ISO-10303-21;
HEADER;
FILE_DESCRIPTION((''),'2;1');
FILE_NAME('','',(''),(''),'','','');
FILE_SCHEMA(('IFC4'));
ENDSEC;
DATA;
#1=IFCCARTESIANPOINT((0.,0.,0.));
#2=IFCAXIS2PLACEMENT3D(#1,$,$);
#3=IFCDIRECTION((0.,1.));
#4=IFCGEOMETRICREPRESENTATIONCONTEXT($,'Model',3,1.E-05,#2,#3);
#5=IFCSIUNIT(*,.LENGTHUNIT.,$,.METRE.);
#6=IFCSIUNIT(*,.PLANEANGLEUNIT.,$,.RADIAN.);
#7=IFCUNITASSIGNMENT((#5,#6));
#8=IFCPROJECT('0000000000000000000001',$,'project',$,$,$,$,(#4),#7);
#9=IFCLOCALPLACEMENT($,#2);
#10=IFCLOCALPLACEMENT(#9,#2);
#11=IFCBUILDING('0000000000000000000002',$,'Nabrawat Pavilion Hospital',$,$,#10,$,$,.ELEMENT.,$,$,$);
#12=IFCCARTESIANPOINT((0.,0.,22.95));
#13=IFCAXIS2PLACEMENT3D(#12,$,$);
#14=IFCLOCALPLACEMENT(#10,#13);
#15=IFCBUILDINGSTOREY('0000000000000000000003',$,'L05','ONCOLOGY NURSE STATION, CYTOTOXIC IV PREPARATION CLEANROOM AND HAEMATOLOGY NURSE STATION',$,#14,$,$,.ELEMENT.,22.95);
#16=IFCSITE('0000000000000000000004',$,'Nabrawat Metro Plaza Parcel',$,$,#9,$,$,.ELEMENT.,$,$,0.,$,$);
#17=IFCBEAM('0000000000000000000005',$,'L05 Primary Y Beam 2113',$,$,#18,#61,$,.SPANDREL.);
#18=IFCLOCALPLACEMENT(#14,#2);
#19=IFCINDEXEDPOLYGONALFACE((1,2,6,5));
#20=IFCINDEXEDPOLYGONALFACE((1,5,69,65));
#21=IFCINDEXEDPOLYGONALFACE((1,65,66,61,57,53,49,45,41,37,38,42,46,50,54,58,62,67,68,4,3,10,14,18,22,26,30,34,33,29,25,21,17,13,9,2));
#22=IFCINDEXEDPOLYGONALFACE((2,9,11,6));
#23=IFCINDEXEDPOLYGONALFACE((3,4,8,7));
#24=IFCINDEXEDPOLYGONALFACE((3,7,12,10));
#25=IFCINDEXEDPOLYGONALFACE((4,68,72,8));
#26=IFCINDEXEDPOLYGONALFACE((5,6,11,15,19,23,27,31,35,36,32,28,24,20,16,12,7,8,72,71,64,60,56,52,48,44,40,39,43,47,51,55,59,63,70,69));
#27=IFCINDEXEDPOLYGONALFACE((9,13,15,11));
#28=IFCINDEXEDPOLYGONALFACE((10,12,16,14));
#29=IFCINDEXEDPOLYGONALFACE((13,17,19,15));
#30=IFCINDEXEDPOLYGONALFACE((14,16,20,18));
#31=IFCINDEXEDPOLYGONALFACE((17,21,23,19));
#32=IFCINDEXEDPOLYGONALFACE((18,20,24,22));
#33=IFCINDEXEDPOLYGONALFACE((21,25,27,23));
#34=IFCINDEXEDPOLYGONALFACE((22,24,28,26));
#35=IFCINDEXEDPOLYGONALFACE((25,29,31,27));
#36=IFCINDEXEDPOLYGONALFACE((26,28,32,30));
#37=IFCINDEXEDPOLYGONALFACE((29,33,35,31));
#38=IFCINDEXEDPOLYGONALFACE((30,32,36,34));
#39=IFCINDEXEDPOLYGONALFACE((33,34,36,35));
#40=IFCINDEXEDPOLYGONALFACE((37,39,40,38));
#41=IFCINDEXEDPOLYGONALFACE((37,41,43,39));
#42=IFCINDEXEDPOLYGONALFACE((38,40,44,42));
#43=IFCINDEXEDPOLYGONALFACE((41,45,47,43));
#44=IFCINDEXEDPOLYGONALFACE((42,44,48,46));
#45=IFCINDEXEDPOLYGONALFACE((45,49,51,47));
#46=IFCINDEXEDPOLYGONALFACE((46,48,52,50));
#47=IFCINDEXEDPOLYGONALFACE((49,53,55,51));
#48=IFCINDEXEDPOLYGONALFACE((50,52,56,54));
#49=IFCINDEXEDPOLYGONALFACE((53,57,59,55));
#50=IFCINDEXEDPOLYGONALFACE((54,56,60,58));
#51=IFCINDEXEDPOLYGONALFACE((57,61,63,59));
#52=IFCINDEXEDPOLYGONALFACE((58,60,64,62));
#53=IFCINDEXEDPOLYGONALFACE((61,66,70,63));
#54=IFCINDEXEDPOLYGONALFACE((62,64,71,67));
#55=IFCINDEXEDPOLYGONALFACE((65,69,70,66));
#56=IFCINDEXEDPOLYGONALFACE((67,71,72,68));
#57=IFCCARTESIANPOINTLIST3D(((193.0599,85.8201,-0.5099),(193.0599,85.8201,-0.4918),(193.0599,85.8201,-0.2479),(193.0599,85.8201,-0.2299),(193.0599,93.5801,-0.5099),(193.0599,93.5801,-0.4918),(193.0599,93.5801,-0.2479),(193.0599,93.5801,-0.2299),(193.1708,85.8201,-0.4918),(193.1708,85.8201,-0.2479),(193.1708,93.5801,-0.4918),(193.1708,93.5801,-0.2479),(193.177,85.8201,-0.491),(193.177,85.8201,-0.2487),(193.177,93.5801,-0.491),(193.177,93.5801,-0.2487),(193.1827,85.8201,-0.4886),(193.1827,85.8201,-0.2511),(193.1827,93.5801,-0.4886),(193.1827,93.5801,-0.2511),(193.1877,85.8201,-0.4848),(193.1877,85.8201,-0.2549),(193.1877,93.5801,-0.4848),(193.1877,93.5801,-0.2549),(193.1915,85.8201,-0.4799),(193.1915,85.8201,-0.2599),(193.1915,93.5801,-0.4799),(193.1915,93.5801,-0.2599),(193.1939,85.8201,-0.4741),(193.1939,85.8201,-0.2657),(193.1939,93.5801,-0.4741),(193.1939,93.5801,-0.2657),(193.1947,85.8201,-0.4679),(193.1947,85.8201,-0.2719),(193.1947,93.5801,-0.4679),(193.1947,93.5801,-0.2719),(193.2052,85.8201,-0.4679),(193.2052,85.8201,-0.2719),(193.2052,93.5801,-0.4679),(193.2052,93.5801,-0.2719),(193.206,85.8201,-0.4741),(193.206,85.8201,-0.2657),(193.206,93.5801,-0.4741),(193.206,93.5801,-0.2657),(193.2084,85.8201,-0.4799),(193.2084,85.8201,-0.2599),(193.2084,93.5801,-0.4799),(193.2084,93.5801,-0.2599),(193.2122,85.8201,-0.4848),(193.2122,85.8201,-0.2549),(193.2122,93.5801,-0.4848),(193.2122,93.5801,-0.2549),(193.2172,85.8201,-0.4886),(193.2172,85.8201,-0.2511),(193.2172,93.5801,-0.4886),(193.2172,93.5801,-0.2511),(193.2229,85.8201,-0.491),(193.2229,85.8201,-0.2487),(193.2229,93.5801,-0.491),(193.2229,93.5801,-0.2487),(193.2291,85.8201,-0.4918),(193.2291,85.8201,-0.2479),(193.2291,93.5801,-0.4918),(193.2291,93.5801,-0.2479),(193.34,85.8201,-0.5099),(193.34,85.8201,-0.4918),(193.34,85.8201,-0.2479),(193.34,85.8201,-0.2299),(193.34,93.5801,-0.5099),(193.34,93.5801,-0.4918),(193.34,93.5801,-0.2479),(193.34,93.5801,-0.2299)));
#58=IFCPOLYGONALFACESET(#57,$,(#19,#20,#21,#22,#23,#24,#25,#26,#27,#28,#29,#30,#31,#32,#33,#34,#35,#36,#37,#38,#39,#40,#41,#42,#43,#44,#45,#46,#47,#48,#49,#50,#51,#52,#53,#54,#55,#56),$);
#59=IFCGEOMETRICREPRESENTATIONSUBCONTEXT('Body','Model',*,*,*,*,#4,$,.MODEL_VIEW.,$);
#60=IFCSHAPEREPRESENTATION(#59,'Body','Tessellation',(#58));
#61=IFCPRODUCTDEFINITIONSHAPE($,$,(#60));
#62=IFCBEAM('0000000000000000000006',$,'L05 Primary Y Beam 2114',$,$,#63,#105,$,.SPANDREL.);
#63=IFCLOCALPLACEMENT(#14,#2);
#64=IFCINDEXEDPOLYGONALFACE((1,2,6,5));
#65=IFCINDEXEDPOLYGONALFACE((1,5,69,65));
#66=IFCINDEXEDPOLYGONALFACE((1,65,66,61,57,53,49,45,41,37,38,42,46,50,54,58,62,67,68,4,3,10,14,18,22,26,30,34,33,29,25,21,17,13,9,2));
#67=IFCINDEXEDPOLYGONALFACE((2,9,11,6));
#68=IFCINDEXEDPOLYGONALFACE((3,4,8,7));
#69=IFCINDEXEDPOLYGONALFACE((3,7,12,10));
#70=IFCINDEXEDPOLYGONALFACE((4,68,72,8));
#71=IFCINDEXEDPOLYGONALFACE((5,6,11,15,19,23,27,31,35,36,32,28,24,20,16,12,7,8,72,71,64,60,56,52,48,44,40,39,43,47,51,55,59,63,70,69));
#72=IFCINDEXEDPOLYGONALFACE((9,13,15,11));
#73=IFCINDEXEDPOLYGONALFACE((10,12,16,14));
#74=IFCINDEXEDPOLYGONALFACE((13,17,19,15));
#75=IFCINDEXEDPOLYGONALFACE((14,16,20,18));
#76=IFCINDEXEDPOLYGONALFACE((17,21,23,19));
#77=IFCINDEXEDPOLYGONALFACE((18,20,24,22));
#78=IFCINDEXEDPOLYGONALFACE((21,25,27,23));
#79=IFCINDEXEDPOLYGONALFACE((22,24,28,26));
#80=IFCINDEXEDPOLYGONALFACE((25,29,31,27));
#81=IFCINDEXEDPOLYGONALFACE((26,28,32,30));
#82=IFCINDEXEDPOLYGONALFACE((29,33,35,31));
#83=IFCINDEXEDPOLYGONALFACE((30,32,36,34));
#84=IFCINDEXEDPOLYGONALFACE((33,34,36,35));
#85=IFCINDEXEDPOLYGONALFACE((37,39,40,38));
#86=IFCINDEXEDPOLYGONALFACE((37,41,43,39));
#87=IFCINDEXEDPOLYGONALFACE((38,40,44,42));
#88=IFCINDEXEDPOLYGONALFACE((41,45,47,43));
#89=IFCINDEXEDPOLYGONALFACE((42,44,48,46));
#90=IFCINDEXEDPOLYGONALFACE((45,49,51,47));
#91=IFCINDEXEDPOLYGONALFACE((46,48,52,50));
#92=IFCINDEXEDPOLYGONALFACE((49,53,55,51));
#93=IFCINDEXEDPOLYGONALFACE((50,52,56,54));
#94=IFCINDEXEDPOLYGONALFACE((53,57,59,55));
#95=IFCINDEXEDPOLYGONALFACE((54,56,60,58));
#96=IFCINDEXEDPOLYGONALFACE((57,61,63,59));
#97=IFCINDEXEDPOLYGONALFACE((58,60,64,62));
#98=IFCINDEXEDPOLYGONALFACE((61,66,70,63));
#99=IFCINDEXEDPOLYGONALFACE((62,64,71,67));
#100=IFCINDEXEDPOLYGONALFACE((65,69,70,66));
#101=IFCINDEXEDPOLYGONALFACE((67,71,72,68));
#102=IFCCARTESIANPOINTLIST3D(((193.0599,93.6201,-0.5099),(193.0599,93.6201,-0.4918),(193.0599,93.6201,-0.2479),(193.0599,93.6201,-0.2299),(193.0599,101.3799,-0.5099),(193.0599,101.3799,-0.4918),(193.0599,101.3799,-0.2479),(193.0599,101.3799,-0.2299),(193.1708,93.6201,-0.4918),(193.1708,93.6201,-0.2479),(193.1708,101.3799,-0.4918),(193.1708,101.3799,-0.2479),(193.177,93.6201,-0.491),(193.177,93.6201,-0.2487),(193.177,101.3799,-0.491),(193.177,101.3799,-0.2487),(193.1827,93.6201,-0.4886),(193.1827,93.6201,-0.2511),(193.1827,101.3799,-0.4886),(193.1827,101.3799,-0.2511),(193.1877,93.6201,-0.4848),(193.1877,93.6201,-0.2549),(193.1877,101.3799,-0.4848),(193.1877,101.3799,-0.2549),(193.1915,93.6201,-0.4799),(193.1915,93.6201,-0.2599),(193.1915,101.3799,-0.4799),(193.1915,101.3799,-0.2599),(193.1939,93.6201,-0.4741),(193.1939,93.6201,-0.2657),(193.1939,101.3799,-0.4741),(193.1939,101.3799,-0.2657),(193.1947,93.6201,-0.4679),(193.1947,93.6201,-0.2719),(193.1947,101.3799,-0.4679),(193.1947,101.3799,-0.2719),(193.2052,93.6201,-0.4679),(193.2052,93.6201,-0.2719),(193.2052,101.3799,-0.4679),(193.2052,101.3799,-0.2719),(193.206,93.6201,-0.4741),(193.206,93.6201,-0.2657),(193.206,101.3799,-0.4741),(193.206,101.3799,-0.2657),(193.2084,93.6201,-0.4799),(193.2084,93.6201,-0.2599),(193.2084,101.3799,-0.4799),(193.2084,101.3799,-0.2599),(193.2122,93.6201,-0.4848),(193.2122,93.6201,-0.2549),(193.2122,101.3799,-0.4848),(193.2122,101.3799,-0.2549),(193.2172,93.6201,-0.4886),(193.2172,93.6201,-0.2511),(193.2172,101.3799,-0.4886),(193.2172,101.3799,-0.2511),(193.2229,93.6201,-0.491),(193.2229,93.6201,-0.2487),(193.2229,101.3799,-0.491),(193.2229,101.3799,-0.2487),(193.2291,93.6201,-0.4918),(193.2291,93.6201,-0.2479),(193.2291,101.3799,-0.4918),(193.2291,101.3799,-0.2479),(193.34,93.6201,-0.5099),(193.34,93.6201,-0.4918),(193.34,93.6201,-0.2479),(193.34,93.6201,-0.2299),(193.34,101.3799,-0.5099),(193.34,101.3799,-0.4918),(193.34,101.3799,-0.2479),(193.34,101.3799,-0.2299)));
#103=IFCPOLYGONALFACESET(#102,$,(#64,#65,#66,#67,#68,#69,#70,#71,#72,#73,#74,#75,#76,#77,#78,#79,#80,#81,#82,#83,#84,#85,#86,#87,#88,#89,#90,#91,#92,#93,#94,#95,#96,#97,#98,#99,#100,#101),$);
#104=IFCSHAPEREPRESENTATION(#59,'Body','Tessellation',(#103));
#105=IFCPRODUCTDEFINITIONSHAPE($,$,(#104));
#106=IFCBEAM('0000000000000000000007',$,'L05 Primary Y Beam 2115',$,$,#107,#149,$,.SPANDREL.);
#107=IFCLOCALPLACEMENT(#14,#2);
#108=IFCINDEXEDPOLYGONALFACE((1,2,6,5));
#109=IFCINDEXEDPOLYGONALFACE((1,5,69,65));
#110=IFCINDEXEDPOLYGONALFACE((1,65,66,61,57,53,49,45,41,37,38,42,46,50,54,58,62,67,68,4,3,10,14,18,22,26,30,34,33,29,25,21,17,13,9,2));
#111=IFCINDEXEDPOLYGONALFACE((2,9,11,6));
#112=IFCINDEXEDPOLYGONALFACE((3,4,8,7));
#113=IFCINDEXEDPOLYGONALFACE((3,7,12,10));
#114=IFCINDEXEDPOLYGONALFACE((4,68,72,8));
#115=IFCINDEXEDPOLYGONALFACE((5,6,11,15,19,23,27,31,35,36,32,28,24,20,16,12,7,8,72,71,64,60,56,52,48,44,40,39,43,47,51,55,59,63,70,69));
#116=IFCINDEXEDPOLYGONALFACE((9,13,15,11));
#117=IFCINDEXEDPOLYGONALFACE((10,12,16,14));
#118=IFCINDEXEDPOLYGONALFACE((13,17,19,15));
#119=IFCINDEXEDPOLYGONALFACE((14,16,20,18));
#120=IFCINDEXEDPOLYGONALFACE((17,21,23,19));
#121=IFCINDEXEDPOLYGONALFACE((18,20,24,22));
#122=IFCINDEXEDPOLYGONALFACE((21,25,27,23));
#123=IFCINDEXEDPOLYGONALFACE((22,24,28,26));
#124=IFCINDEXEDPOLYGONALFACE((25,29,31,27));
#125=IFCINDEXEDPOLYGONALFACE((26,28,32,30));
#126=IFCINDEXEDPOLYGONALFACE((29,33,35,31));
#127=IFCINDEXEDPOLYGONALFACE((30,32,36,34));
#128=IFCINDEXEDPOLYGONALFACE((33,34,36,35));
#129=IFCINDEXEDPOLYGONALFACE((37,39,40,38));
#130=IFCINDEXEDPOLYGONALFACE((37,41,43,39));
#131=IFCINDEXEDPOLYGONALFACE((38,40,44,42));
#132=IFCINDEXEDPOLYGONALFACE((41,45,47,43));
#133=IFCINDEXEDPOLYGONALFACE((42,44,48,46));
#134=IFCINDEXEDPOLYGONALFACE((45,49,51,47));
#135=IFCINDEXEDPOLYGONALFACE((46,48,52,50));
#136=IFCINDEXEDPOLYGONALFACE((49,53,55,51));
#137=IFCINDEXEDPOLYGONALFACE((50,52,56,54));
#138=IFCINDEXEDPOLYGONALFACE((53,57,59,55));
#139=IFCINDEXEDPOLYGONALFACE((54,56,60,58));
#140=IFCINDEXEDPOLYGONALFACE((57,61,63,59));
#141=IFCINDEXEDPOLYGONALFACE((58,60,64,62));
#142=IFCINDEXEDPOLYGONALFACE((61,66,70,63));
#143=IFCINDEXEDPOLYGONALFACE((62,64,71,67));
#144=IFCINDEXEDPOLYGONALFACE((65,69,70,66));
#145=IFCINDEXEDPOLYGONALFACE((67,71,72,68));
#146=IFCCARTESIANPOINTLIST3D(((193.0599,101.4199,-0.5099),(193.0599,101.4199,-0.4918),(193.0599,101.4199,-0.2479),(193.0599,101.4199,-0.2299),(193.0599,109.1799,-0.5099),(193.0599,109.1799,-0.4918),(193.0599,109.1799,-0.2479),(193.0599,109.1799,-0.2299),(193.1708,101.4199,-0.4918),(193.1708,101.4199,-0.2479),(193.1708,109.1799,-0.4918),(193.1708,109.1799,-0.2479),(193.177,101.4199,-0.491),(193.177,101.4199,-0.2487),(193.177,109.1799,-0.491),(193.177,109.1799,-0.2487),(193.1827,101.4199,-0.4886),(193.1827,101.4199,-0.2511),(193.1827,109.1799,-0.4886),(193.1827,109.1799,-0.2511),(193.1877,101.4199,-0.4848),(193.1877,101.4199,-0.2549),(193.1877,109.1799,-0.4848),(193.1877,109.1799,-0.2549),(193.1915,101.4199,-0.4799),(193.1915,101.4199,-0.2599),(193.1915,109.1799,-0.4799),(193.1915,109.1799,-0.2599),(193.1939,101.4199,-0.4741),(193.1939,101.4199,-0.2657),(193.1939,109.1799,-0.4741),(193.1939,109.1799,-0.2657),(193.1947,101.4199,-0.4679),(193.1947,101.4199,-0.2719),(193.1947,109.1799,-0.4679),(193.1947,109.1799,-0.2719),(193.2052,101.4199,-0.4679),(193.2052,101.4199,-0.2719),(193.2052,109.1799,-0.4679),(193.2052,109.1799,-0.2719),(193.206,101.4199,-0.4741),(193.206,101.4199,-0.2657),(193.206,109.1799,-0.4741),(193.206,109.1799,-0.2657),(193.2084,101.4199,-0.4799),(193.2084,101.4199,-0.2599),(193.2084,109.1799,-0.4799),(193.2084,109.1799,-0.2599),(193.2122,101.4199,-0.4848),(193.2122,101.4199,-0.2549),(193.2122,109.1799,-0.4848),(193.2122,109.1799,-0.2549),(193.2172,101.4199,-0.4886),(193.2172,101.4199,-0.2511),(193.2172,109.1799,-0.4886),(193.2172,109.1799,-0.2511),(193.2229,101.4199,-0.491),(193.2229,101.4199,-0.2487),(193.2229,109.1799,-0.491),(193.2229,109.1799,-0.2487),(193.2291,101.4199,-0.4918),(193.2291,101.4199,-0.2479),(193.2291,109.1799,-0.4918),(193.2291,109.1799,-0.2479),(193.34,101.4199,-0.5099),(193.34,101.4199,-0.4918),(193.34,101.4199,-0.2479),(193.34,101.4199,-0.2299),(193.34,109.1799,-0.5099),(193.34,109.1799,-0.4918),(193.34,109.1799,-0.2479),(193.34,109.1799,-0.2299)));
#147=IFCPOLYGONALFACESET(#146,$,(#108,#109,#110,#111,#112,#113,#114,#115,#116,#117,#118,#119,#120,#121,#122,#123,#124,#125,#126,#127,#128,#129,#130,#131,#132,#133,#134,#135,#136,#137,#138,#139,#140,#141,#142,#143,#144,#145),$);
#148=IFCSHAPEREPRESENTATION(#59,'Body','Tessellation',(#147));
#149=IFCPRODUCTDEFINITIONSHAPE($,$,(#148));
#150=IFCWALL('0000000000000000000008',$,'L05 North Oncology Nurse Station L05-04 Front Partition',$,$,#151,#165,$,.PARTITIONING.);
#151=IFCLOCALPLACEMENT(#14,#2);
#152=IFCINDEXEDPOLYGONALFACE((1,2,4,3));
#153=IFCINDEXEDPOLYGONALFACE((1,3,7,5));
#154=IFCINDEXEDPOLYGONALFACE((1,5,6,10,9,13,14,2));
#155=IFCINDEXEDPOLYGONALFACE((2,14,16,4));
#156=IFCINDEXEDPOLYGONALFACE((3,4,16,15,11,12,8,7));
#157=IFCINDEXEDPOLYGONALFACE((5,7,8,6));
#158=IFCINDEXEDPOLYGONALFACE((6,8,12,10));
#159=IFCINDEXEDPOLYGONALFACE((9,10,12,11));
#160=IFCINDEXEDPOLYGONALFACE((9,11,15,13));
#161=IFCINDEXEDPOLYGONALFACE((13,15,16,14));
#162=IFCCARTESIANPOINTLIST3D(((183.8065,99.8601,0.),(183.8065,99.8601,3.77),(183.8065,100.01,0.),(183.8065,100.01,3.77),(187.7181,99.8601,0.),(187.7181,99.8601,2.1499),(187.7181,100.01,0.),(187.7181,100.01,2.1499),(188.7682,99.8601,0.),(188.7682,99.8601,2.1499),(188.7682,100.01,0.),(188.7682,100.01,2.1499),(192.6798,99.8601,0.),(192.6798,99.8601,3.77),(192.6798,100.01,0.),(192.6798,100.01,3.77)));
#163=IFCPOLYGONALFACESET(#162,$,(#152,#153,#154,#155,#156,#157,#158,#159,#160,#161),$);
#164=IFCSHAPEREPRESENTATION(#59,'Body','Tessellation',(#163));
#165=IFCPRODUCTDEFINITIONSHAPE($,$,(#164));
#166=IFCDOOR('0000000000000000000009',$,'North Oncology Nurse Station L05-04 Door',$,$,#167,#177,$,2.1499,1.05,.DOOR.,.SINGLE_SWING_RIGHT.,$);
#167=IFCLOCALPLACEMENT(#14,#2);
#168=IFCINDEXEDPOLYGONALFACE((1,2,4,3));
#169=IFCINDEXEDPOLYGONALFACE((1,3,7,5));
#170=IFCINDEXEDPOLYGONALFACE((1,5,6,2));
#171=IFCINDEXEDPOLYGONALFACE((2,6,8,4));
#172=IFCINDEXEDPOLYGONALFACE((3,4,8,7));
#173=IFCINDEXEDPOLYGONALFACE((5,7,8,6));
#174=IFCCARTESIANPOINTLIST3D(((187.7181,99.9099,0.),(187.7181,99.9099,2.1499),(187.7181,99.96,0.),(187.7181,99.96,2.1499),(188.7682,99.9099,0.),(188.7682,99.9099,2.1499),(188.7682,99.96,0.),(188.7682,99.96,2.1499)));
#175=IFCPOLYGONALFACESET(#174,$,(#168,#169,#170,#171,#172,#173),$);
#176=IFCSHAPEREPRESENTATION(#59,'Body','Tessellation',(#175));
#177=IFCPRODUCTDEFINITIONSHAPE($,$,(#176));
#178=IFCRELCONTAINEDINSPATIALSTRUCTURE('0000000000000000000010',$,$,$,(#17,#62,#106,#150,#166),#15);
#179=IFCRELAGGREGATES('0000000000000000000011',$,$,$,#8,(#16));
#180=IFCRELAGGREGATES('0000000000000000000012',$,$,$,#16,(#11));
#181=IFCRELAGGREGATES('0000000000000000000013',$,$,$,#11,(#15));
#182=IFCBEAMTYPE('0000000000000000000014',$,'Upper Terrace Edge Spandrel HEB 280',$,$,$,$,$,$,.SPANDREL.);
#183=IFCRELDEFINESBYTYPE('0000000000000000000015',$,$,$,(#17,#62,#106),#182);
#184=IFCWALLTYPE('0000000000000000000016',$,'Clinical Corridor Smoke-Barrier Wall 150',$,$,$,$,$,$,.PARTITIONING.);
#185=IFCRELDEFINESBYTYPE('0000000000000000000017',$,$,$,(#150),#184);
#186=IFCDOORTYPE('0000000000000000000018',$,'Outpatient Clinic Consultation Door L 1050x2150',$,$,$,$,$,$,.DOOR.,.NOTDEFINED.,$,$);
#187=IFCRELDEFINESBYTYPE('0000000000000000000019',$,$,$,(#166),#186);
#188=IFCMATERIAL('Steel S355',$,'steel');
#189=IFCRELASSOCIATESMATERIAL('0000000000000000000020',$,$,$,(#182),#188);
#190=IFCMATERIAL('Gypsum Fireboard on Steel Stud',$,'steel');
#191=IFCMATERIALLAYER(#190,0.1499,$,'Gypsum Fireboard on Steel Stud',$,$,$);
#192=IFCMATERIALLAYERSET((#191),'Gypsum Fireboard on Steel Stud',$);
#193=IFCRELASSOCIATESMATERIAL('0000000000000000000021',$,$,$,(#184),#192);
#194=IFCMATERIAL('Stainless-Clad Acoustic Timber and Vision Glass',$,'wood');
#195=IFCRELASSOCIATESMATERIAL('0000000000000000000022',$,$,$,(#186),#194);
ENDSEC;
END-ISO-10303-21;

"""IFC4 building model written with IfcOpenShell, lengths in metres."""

from ifc_helpers import new_model, si_unit, direction, frame, frame_2d, origin, origin_2d, place, context, subcontext, project, spatial, rectangle, i_section, extrude, material, layer, layer_set, material_profile, profile_set, type_object, element, fill, save


model = new_model("IFC4")

# Units and contexts
model_context = context("Model", 3, precision=1e-05, world=origin(), true_north=direction((0.0, 1.0)))
body_context = subcontext(model_context, "Body", "Model", "MODEL_VIEW")
ifc_project = project(units=[si_unit("LENGTHUNIT", "METRE"), si_unit("PLANEANGLEUNIT", "RADIAN")], contexts=[model_context])

# Site, building, storey
site_placement = place(None, origin())
site = spatial("IfcSite", under=ifc_project, at=site_placement, Name="Nabrawat Metro Plaza Parcel", CompositionType="ELEMENT", RefElevation=0.0)
building_placement = place(site_placement, origin())
building = spatial("IfcBuilding", under=site, at=building_placement, Name="Nabrawat Pavilion Hospital", CompositionType="ELEMENT")
storey_placement = place(building_placement, frame((0.0, 0.0, 22.95)))
storey = spatial("IfcBuildingStorey", under=building, at=storey_placement, Name="L05", Description="ONCOLOGY NURSE STATION, CYTOTOXIC IV PREPARATION CLEANROOM AND HAEMATOLOGY NURSE STATION", CompositionType="ELEMENT", Elevation=22.95)

# Shared definitions
ifc_material_1 = material(Name="Steel S355", Category="steel")

# Beams
ifc_material_profile_1 = material_profile(ifc_material_1, i_section(OverallWidth=0.28, OverallDepth=0.28, WebThickness=0.0105, FlangeThickness=0.0181, FilletRadius=0.0239, at=origin_2d()), Name="HEB 280")
ifc_profile_set_1 = profile_set([ifc_material_profile_1], Name="Steel S355")
beam_type_1 = type_object("IfcBeamType", Name="Upper Terrace Edge Spandrel HEB 280", PredefinedType="SPANDREL", material=ifc_profile_set_1)
beam_1_placement = place(storey_placement, frame((193.2, 85.8201, -0.3699), z_axis=(0.0, 1.0, 0.0), x_axis=(-1.0, 0.0, 0.0)))
element("IfcBeam", 1, at=beam_1_placement, inside=storey, type_object=beam_type_1, Name="L05 Primary Y Beam 2113", PredefinedType="SPANDREL", context=body_context, shape_type="SweptSolid", body=[
    extrude(i_section(OverallWidth=0.28, OverallDepth=0.28, WebThickness=0.0105, FlangeThickness=0.0181, FilletRadius=0.0239, at=origin_2d()), origin(), (0.0, 0.0, 1.0), 7.76),
])
beam_2_placement = place(storey_placement, frame((193.2, 93.6201, -0.3699), z_axis=(0.0, 1.0, 0.0), x_axis=(-1.0, 0.0, 0.0)))
element("IfcBeam", 2, at=beam_2_placement, inside=storey, type_object=beam_type_1, Name="L05 Primary Y Beam 2114", PredefinedType="SPANDREL", context=body_context, shape_type="SweptSolid", body=[
    extrude(i_section(OverallWidth=0.28, OverallDepth=0.28, WebThickness=0.0105, FlangeThickness=0.0181, FilletRadius=0.0239, at=origin_2d()), origin(), (0.0, 0.0, 1.0), 7.7598),
])
beam_3_placement = place(storey_placement, frame((193.2, 101.4199, -0.3699), z_axis=(0.0, 1.0, 0.0), x_axis=(-1.0, 0.0, 0.0)))
element("IfcBeam", 3, at=beam_3_placement, inside=storey, type_object=beam_type_1, Name="L05 Primary Y Beam 2115", PredefinedType="SPANDREL", context=body_context, shape_type="SweptSolid", body=[
    extrude(i_section(OverallWidth=0.28, OverallDepth=0.28, WebThickness=0.0105, FlangeThickness=0.0181, FilletRadius=0.0239, at=origin_2d()), origin(), (0.0, 0.0, 1.0), 7.76),
])

# Wall, opening, door
ifc_material_2 = material(Name="Gypsum Fireboard on Steel Stud", Category="steel")
ifc_layer_1 = layer(ifc_material_2, 0.1499, Name="Gypsum Fireboard on Steel Stud")
ifc_layer_set_1 = layer_set([ifc_layer_1], Name="Gypsum Fireboard on Steel Stud")
wall_type_1 = type_object("IfcWallType", Name="Clinical Corridor Smoke-Barrier Wall 150", PredefinedType="PARTITIONING", material=ifc_layer_set_1)
wall_1_placement = place(storey_placement, frame((183.8066, 99.9351, 0.0), z_axis=(0.0, 0.0, 1.0), x_axis=(1.0, 0.0, 0.0)))
wall_1 = element("IfcWall", 4, at=wall_1_placement, inside=storey, type_object=wall_type_1, Name="L05 North Oncology Nurse Station L05-04 Front Partition", PredefinedType="PARTITIONING", context=body_context, shape_type="SweptSolid", body=[
    extrude(rectangle(XDim=8.8733, YDim=0.1499, at=frame_2d((4.4365, 0.0))), origin(), (0.0, 0.0, 1.0), 3.77),
])
opening_1_placement = place(wall_1_placement, frame((3.9116, 0.0, 0.0)))
opening_1 = element("IfcOpeningElement", 5, at=opening_1_placement, cuts=wall_1, PredefinedType="OPENING", context=body_context, shape_type="SweptSolid", body=[
    extrude(rectangle(XDim=1.05, YDim=2.1499, at=frame_2d((0.5249, 1.075))), frame((0.0, 0.085, 0.0), z_axis=(0.0, -1.0, 0.0), x_axis=(1.0, 0.0, 0.0)), (0.0, 0.0, 1.0), 0.1699),
])
ifc_material_3 = material(Name="Stainless-Clad Acoustic Timber and Vision Glass", Category="wood")
door_type_1 = type_object("IfcDoorType", Name="Outpatient Clinic Consultation Door L 1050x2150", OperationType="NOTDEFINED", PredefinedType="DOOR", material=ifc_material_3)
door_1_placement = place(opening_1_placement, origin())
door_1 = element("IfcDoor", 6, at=door_1_placement, inside=storey, type_object=door_type_1, Name="North Oncology Nurse Station L05-04 Door", OperationType="SINGLE_SWING_RIGHT", OverallHeight=2.1499, OverallWidth=1.05, PredefinedType="DOOR", context=body_context, shape_type="SweptSolid", body=[
    extrude(rectangle(XDim=1.05, YDim=2.1499, at=frame_2d((0.5249, 1.075))), frame((0.0, 0.0249, 0.0), z_axis=(0.0, -1.0, 0.0), x_axis=(1.0, 0.0, 0.0)), (0.0, 0.0, 1.0), 0.05),
])
fill(opening_1, door_1)

save(model, "model.ifc")
